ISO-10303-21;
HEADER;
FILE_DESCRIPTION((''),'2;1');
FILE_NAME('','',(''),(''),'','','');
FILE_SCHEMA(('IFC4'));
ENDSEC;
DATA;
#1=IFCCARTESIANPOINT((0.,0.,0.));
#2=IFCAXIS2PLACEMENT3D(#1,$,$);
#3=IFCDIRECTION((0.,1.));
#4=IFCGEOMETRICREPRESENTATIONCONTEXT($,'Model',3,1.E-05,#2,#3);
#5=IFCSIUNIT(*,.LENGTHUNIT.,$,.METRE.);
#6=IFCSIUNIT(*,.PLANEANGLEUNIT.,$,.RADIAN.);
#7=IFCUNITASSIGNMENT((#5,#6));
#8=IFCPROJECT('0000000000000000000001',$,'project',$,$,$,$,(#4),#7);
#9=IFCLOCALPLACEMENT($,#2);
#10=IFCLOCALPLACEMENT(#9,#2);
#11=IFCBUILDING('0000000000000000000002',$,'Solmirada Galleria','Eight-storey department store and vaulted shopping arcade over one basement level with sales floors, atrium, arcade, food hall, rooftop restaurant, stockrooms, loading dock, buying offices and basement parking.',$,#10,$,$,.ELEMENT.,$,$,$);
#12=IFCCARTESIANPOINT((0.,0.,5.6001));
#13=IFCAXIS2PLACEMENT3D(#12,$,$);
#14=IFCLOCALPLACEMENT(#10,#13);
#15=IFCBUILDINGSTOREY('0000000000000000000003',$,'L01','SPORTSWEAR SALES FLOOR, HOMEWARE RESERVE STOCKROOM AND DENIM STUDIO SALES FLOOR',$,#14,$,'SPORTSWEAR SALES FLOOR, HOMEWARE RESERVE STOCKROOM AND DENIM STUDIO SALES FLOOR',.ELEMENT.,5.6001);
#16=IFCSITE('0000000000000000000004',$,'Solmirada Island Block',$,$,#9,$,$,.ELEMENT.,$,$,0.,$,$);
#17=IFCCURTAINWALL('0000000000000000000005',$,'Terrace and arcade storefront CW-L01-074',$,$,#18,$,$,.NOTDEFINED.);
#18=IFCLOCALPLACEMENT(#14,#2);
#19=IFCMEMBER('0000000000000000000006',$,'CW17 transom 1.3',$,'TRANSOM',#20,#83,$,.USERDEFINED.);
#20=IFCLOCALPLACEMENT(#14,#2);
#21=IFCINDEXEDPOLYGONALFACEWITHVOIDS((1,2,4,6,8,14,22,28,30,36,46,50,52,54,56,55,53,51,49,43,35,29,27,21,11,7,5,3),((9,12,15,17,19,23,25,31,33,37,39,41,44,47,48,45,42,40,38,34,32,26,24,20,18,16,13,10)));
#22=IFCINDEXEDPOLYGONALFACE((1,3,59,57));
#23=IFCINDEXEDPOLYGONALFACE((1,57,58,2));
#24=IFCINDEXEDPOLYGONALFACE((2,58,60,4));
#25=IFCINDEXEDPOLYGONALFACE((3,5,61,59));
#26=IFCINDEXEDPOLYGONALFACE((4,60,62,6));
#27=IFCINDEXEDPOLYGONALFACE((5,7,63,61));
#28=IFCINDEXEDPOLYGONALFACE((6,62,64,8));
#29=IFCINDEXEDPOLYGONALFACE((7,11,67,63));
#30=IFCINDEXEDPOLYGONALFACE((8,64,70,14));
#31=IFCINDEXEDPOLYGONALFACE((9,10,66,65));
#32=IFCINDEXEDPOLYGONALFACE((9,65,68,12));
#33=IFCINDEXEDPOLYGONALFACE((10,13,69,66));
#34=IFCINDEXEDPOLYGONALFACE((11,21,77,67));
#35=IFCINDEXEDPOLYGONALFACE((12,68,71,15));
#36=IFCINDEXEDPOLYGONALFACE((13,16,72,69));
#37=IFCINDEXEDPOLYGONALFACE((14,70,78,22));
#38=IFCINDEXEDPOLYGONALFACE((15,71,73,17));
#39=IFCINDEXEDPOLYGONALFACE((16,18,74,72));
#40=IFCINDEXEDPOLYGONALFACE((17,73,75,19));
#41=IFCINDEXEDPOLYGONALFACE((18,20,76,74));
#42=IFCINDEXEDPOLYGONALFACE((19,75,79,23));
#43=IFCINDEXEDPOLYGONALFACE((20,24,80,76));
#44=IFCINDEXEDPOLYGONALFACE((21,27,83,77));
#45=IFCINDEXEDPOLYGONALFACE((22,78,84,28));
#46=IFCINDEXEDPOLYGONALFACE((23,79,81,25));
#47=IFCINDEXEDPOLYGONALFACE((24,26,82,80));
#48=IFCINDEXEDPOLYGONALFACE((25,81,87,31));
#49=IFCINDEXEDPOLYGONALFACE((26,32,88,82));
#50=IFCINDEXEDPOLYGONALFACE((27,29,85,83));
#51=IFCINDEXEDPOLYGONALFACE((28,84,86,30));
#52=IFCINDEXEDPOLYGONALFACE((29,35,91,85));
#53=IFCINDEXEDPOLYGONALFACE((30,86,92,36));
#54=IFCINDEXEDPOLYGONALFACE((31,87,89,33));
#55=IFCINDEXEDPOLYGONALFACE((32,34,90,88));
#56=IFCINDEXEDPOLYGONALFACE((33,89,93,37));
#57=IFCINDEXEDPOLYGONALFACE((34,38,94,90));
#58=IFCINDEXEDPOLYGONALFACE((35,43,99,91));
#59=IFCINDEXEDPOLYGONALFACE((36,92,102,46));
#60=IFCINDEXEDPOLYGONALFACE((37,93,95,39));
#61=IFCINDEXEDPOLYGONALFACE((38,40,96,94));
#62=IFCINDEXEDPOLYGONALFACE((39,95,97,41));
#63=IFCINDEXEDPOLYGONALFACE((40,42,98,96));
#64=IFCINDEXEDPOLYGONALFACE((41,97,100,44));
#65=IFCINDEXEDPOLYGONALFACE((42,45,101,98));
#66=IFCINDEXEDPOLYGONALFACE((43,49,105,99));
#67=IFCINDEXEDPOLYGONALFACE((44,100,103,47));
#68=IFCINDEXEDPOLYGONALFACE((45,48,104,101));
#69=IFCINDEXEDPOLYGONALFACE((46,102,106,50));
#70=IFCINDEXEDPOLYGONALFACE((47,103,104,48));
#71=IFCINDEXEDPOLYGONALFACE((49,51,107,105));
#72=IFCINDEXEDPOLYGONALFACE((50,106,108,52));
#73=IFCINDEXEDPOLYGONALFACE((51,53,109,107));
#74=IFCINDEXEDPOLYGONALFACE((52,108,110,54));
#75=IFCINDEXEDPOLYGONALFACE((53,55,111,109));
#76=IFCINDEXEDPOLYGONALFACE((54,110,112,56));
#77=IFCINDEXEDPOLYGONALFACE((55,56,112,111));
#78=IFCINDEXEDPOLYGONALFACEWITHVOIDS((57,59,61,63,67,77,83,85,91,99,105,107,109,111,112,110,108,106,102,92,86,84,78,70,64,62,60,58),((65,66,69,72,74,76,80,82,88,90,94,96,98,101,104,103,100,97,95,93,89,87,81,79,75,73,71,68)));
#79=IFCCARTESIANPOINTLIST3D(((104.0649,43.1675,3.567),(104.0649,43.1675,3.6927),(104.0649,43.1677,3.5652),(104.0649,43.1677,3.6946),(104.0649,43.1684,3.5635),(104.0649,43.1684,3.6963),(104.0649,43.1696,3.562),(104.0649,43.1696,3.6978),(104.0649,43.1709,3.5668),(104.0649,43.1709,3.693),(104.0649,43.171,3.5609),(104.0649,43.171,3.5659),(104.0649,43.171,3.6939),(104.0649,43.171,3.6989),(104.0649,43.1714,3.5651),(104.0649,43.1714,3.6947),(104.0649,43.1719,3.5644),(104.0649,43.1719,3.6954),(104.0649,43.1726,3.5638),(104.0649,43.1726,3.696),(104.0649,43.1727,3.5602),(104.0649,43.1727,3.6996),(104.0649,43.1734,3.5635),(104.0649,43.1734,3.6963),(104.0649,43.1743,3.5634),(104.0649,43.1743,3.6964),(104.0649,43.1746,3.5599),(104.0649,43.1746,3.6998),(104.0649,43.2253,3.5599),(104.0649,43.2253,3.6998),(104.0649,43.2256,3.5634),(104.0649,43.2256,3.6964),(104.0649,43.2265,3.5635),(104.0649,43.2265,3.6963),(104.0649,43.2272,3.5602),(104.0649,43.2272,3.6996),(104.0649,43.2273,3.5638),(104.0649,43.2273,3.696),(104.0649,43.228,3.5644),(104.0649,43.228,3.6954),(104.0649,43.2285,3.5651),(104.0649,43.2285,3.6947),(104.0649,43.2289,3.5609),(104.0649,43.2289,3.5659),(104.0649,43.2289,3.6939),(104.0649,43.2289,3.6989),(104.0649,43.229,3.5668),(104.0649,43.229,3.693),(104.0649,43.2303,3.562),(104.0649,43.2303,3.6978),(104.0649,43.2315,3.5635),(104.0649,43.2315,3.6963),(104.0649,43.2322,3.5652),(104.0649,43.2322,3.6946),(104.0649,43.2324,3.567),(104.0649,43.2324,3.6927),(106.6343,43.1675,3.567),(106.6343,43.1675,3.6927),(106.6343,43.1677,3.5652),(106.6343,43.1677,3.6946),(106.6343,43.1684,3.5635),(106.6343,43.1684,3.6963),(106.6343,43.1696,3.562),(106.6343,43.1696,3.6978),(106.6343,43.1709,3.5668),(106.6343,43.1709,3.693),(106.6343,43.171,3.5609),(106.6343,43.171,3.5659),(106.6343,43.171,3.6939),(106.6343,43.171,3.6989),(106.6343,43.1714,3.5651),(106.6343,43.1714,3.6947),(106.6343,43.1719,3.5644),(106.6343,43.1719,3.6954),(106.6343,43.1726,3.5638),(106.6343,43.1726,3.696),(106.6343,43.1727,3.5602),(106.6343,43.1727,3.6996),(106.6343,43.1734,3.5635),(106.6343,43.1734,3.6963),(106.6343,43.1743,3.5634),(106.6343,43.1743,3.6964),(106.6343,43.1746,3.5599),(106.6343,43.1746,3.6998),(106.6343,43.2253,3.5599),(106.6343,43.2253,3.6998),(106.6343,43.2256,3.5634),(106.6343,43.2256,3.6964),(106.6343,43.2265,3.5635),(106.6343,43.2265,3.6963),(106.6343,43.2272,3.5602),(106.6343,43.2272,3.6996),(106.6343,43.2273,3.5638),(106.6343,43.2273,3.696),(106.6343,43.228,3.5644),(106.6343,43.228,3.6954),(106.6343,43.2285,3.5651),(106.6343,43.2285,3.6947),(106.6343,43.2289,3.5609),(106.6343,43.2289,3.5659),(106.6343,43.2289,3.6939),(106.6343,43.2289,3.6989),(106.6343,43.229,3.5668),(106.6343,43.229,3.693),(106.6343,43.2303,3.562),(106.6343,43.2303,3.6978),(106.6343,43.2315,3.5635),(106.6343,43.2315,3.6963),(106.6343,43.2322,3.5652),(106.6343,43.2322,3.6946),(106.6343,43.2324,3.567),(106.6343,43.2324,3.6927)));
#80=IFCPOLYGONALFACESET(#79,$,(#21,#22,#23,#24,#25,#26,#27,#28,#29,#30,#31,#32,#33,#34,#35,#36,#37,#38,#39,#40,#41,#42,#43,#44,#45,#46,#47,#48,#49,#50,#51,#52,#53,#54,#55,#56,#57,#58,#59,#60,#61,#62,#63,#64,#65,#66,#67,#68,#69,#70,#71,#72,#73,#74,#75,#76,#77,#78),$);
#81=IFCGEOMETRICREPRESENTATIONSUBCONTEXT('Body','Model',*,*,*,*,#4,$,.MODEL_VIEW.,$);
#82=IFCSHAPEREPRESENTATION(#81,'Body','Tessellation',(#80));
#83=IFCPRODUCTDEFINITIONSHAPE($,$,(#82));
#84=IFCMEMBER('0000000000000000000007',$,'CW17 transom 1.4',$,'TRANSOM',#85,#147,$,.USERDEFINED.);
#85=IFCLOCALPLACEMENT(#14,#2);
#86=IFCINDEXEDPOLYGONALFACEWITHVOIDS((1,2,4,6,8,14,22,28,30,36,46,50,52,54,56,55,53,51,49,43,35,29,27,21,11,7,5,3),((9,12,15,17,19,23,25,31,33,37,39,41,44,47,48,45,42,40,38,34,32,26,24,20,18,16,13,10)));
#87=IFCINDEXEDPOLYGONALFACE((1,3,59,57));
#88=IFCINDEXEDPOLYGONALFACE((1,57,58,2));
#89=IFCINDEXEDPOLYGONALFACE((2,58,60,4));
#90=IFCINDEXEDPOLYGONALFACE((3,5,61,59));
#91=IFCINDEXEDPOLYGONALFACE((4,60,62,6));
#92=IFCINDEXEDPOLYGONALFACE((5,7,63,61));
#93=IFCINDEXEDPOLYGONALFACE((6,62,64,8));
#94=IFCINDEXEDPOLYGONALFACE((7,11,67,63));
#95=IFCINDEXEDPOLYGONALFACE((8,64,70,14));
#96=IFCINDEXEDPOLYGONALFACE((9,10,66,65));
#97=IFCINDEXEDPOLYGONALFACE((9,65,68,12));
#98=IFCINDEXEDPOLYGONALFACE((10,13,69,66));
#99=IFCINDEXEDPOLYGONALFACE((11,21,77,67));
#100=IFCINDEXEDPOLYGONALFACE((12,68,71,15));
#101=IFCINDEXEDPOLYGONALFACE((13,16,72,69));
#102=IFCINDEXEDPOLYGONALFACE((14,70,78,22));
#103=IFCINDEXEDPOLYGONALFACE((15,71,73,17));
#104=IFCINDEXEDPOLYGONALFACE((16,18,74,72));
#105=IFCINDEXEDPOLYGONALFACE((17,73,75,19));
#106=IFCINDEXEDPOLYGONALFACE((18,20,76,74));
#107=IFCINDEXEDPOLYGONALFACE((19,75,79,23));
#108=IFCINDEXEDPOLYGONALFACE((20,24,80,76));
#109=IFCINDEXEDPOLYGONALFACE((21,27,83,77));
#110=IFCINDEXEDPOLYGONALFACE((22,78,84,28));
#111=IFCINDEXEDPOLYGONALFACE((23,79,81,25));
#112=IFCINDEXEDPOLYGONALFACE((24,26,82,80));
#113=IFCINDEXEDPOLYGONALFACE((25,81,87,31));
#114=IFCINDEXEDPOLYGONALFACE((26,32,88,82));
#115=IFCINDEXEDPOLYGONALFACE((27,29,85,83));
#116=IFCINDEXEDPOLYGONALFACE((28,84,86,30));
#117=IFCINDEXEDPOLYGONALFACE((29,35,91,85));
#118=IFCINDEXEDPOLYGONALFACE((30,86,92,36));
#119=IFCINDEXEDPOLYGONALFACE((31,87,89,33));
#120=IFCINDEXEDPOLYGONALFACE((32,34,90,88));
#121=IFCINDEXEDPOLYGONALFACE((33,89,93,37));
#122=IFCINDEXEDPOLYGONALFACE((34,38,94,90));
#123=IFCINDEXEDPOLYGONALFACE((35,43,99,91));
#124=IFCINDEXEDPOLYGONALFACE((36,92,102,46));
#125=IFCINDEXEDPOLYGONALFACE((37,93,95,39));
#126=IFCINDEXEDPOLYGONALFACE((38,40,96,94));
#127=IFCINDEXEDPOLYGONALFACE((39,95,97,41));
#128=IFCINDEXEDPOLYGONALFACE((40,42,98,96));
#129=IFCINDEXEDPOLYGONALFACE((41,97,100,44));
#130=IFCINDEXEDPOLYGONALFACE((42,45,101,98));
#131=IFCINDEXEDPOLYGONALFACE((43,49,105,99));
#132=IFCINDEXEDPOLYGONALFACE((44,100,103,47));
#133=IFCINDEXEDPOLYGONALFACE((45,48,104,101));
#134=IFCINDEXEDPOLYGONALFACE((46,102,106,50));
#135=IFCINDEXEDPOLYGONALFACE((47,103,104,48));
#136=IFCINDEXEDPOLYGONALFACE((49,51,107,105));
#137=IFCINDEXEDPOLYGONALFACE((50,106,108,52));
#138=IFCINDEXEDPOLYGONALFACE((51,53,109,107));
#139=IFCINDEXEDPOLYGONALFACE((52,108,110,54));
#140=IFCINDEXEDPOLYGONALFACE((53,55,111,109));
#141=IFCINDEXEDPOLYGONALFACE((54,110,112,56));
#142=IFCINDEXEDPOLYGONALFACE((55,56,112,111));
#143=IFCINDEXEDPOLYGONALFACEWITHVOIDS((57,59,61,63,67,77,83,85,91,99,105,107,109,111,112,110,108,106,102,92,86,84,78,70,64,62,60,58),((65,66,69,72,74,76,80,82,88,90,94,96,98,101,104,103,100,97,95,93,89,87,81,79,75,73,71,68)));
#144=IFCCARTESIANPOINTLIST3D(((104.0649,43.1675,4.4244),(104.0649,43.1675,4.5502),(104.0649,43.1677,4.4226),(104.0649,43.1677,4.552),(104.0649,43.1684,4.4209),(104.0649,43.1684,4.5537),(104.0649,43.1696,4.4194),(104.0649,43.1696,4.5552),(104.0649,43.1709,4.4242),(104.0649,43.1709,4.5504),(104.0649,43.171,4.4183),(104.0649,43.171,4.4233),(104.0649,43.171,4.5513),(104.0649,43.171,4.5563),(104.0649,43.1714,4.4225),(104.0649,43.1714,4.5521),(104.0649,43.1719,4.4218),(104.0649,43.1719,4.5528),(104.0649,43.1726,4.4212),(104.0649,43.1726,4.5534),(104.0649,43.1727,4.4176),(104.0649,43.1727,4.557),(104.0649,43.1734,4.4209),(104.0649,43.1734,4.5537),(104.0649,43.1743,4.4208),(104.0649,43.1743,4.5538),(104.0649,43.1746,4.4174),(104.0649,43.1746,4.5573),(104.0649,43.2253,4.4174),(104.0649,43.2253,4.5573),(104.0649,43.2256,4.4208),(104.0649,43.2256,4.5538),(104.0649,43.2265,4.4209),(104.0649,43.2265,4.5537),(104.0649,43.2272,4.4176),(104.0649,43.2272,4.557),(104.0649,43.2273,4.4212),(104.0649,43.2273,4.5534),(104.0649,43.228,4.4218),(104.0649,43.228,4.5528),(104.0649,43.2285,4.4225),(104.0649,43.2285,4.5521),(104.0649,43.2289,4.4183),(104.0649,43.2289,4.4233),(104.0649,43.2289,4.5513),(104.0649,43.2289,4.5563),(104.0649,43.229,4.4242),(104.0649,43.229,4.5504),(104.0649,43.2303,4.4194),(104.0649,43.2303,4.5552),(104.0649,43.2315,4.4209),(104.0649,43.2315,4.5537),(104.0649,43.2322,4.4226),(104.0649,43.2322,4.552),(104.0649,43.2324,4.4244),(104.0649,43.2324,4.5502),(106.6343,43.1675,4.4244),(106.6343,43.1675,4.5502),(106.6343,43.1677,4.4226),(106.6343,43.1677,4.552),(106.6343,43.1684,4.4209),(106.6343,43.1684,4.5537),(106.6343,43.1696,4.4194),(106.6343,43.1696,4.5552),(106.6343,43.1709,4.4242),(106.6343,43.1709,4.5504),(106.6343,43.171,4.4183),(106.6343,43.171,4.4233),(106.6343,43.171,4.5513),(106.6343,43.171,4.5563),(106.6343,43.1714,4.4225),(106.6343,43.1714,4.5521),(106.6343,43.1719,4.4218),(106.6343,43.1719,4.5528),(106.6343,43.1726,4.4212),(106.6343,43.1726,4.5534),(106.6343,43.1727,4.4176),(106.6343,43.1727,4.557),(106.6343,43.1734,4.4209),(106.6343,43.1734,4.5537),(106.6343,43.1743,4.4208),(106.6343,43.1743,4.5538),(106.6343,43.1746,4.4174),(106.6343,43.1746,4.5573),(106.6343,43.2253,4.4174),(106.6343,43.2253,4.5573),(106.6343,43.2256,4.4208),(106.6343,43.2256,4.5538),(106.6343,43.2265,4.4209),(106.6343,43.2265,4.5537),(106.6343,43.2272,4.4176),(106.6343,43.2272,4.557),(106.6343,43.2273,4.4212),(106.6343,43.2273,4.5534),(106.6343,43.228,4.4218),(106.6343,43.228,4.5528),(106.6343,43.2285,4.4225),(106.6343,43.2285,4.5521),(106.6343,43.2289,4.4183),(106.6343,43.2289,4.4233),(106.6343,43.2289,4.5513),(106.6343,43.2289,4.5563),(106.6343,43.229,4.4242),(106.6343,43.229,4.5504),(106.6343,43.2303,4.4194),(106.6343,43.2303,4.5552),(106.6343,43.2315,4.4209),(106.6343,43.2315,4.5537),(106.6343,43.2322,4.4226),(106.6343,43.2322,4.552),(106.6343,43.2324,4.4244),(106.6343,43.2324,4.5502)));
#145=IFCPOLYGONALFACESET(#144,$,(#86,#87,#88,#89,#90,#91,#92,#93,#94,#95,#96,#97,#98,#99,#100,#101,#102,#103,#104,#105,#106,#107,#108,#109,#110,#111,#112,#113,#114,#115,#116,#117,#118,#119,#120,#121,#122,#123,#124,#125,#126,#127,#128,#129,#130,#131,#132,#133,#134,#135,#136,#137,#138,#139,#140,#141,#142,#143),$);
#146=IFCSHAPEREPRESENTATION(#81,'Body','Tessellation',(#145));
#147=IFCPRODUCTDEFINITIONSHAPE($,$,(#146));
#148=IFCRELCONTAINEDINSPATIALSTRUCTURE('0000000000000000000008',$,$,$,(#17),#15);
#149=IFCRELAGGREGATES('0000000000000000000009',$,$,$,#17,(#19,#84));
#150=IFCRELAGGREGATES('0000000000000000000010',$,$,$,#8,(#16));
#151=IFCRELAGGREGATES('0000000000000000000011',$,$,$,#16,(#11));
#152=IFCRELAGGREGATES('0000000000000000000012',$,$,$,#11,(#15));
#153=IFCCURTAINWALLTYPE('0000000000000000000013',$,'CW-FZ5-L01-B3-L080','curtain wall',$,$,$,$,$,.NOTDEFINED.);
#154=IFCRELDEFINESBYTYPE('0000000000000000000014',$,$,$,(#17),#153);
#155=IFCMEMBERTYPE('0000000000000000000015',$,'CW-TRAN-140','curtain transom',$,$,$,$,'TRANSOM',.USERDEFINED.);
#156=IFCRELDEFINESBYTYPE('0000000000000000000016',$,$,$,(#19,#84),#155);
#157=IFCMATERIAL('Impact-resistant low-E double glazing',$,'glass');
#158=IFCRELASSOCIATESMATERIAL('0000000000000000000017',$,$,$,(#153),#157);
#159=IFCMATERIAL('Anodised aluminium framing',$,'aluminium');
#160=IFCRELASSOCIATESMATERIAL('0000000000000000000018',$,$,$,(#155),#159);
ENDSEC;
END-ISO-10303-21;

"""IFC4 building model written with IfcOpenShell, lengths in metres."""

from ifc_helpers import new_model, si_unit, direction, frame, origin, origin_2d, place, context, subcontext, project, spatial, hollow_rectangle, extrude, material, material_profile, profile_set, type_object, element, aggregate, save


model = new_model("IFC4")

# Units and contexts
model_context = context("Model", 3, precision=1e-05, world=origin(), true_north=direction((0.0, 1.0)))
body_context = subcontext(model_context, "Body", "Model", "MODEL_VIEW")
ifc_project = project(units=[si_unit("LENGTHUNIT", "METRE"), si_unit("PLANEANGLEUNIT", "RADIAN")], contexts=[model_context])

# Site, building, storey
site_placement = place(None, origin())
site = spatial("IfcSite", under=ifc_project, at=site_placement, Name="Solmirada Island Block", CompositionType="ELEMENT", RefElevation=0.0)
building_placement = place(site_placement, origin())
building = spatial("IfcBuilding", under=site, at=building_placement, Name="Solmirada Galleria", Description="Eight-storey department store and vaulted shopping arcade over one basement level with sales floors, atrium, arcade, food hall, rooftop restaurant, stockrooms, loading dock, buying offices and basement parking.", CompositionType="ELEMENT")
storey_placement = place(building_placement, frame((0.0, 0.0, 5.6001)))
storey = spatial("IfcBuildingStorey", under=building, at=storey_placement, Name="L01", Description="SPORTSWEAR SALES FLOOR, HOMEWARE RESERVE STOCKROOM AND DENIM STUDIO SALES FLOOR", LongName="SPORTSWEAR SALES FLOOR, HOMEWARE RESERVE STOCKROOM AND DENIM STUDIO SALES FLOOR", CompositionType="ELEMENT", Elevation=5.6001)

# Shared definitions
ifc_material_1 = material(Name="Impact-resistant low-E double glazing", Category="glass")
ifc_material_2 = material(Name="Anodised aluminium framing", Category="aluminium")

# Curtain wall
curtain_wall_type_1 = type_object("IfcCurtainWallType", Name="CW-FZ5-L01-B3-L080", Description="curtain wall", PredefinedType="NOTDEFINED", material=ifc_material_1)
curtain_wall_1_placement = place(storey_placement, origin())
curtain_wall_1 = element("IfcCurtainWall", 1, at=curtain_wall_1_placement, inside=storey, type_object=curtain_wall_type_1, Name="Terrace and arcade storefront CW-L01-074", PredefinedType="NOTDEFINED")

# Members
ifc_material_profile_1 = material_profile(ifc_material_2, hollow_rectangle(XDim=0.0649, YDim=0.1399, WallThickness=0.0034, InnerFilletRadius=0.0034, OuterFilletRadius=0.0071, at=origin_2d()), Name="ALU-TRAN-140X65")
ifc_profile_set_1 = profile_set([ifc_material_profile_1], Name="Anodised aluminium framing")
member_type_1 = type_object("IfcMemberType", Name="CW-TRAN-140", Description="curtain transom", ElementType="TRANSOM", PredefinedType="USERDEFINED", material=ifc_profile_set_1)
member_1_placement = place(storey_placement, frame((104.0649, 43.2, 3.6299), z_axis=(1.0, 0.0, 0.0), x_axis=(0.0, 1.0, 0.0)))
member_1 = element("IfcMember", 2, at=member_1_placement, type_object=member_type_1, Name="CW17 transom 1.3", ObjectType="TRANSOM", PredefinedType="USERDEFINED", context=body_context, shape_type="SweptSolid", body=[
    extrude(hollow_rectangle(XDim=0.0649, YDim=0.1399, WallThickness=0.0034, InnerFilletRadius=0.0034, OuterFilletRadius=0.0071, at=origin_2d()), origin(), (0.0, 0.0, 1.0), 2.5693),
])
member_2_placement = place(storey_placement, frame((104.0649, 43.2, 4.4873), z_axis=(1.0, 0.0, 0.0), x_axis=(0.0, 1.0, 0.0)))
member_2 = element("IfcMember", 3, at=member_2_placement, type_object=member_type_1, Name="CW17 transom 1.4", ObjectType="TRANSOM", PredefinedType="USERDEFINED", context=body_context, shape_type="SweptSolid", body=[
    extrude(hollow_rectangle(XDim=0.0649, YDim=0.1399, WallThickness=0.0034, InnerFilletRadius=0.0034, OuterFilletRadius=0.0071, at=origin_2d()), origin(), (0.0, 0.0, 1.0), 2.5693),
])

aggregate(curtain_wall_1, [member_1, member_2])

save(model, "model.ifc")
